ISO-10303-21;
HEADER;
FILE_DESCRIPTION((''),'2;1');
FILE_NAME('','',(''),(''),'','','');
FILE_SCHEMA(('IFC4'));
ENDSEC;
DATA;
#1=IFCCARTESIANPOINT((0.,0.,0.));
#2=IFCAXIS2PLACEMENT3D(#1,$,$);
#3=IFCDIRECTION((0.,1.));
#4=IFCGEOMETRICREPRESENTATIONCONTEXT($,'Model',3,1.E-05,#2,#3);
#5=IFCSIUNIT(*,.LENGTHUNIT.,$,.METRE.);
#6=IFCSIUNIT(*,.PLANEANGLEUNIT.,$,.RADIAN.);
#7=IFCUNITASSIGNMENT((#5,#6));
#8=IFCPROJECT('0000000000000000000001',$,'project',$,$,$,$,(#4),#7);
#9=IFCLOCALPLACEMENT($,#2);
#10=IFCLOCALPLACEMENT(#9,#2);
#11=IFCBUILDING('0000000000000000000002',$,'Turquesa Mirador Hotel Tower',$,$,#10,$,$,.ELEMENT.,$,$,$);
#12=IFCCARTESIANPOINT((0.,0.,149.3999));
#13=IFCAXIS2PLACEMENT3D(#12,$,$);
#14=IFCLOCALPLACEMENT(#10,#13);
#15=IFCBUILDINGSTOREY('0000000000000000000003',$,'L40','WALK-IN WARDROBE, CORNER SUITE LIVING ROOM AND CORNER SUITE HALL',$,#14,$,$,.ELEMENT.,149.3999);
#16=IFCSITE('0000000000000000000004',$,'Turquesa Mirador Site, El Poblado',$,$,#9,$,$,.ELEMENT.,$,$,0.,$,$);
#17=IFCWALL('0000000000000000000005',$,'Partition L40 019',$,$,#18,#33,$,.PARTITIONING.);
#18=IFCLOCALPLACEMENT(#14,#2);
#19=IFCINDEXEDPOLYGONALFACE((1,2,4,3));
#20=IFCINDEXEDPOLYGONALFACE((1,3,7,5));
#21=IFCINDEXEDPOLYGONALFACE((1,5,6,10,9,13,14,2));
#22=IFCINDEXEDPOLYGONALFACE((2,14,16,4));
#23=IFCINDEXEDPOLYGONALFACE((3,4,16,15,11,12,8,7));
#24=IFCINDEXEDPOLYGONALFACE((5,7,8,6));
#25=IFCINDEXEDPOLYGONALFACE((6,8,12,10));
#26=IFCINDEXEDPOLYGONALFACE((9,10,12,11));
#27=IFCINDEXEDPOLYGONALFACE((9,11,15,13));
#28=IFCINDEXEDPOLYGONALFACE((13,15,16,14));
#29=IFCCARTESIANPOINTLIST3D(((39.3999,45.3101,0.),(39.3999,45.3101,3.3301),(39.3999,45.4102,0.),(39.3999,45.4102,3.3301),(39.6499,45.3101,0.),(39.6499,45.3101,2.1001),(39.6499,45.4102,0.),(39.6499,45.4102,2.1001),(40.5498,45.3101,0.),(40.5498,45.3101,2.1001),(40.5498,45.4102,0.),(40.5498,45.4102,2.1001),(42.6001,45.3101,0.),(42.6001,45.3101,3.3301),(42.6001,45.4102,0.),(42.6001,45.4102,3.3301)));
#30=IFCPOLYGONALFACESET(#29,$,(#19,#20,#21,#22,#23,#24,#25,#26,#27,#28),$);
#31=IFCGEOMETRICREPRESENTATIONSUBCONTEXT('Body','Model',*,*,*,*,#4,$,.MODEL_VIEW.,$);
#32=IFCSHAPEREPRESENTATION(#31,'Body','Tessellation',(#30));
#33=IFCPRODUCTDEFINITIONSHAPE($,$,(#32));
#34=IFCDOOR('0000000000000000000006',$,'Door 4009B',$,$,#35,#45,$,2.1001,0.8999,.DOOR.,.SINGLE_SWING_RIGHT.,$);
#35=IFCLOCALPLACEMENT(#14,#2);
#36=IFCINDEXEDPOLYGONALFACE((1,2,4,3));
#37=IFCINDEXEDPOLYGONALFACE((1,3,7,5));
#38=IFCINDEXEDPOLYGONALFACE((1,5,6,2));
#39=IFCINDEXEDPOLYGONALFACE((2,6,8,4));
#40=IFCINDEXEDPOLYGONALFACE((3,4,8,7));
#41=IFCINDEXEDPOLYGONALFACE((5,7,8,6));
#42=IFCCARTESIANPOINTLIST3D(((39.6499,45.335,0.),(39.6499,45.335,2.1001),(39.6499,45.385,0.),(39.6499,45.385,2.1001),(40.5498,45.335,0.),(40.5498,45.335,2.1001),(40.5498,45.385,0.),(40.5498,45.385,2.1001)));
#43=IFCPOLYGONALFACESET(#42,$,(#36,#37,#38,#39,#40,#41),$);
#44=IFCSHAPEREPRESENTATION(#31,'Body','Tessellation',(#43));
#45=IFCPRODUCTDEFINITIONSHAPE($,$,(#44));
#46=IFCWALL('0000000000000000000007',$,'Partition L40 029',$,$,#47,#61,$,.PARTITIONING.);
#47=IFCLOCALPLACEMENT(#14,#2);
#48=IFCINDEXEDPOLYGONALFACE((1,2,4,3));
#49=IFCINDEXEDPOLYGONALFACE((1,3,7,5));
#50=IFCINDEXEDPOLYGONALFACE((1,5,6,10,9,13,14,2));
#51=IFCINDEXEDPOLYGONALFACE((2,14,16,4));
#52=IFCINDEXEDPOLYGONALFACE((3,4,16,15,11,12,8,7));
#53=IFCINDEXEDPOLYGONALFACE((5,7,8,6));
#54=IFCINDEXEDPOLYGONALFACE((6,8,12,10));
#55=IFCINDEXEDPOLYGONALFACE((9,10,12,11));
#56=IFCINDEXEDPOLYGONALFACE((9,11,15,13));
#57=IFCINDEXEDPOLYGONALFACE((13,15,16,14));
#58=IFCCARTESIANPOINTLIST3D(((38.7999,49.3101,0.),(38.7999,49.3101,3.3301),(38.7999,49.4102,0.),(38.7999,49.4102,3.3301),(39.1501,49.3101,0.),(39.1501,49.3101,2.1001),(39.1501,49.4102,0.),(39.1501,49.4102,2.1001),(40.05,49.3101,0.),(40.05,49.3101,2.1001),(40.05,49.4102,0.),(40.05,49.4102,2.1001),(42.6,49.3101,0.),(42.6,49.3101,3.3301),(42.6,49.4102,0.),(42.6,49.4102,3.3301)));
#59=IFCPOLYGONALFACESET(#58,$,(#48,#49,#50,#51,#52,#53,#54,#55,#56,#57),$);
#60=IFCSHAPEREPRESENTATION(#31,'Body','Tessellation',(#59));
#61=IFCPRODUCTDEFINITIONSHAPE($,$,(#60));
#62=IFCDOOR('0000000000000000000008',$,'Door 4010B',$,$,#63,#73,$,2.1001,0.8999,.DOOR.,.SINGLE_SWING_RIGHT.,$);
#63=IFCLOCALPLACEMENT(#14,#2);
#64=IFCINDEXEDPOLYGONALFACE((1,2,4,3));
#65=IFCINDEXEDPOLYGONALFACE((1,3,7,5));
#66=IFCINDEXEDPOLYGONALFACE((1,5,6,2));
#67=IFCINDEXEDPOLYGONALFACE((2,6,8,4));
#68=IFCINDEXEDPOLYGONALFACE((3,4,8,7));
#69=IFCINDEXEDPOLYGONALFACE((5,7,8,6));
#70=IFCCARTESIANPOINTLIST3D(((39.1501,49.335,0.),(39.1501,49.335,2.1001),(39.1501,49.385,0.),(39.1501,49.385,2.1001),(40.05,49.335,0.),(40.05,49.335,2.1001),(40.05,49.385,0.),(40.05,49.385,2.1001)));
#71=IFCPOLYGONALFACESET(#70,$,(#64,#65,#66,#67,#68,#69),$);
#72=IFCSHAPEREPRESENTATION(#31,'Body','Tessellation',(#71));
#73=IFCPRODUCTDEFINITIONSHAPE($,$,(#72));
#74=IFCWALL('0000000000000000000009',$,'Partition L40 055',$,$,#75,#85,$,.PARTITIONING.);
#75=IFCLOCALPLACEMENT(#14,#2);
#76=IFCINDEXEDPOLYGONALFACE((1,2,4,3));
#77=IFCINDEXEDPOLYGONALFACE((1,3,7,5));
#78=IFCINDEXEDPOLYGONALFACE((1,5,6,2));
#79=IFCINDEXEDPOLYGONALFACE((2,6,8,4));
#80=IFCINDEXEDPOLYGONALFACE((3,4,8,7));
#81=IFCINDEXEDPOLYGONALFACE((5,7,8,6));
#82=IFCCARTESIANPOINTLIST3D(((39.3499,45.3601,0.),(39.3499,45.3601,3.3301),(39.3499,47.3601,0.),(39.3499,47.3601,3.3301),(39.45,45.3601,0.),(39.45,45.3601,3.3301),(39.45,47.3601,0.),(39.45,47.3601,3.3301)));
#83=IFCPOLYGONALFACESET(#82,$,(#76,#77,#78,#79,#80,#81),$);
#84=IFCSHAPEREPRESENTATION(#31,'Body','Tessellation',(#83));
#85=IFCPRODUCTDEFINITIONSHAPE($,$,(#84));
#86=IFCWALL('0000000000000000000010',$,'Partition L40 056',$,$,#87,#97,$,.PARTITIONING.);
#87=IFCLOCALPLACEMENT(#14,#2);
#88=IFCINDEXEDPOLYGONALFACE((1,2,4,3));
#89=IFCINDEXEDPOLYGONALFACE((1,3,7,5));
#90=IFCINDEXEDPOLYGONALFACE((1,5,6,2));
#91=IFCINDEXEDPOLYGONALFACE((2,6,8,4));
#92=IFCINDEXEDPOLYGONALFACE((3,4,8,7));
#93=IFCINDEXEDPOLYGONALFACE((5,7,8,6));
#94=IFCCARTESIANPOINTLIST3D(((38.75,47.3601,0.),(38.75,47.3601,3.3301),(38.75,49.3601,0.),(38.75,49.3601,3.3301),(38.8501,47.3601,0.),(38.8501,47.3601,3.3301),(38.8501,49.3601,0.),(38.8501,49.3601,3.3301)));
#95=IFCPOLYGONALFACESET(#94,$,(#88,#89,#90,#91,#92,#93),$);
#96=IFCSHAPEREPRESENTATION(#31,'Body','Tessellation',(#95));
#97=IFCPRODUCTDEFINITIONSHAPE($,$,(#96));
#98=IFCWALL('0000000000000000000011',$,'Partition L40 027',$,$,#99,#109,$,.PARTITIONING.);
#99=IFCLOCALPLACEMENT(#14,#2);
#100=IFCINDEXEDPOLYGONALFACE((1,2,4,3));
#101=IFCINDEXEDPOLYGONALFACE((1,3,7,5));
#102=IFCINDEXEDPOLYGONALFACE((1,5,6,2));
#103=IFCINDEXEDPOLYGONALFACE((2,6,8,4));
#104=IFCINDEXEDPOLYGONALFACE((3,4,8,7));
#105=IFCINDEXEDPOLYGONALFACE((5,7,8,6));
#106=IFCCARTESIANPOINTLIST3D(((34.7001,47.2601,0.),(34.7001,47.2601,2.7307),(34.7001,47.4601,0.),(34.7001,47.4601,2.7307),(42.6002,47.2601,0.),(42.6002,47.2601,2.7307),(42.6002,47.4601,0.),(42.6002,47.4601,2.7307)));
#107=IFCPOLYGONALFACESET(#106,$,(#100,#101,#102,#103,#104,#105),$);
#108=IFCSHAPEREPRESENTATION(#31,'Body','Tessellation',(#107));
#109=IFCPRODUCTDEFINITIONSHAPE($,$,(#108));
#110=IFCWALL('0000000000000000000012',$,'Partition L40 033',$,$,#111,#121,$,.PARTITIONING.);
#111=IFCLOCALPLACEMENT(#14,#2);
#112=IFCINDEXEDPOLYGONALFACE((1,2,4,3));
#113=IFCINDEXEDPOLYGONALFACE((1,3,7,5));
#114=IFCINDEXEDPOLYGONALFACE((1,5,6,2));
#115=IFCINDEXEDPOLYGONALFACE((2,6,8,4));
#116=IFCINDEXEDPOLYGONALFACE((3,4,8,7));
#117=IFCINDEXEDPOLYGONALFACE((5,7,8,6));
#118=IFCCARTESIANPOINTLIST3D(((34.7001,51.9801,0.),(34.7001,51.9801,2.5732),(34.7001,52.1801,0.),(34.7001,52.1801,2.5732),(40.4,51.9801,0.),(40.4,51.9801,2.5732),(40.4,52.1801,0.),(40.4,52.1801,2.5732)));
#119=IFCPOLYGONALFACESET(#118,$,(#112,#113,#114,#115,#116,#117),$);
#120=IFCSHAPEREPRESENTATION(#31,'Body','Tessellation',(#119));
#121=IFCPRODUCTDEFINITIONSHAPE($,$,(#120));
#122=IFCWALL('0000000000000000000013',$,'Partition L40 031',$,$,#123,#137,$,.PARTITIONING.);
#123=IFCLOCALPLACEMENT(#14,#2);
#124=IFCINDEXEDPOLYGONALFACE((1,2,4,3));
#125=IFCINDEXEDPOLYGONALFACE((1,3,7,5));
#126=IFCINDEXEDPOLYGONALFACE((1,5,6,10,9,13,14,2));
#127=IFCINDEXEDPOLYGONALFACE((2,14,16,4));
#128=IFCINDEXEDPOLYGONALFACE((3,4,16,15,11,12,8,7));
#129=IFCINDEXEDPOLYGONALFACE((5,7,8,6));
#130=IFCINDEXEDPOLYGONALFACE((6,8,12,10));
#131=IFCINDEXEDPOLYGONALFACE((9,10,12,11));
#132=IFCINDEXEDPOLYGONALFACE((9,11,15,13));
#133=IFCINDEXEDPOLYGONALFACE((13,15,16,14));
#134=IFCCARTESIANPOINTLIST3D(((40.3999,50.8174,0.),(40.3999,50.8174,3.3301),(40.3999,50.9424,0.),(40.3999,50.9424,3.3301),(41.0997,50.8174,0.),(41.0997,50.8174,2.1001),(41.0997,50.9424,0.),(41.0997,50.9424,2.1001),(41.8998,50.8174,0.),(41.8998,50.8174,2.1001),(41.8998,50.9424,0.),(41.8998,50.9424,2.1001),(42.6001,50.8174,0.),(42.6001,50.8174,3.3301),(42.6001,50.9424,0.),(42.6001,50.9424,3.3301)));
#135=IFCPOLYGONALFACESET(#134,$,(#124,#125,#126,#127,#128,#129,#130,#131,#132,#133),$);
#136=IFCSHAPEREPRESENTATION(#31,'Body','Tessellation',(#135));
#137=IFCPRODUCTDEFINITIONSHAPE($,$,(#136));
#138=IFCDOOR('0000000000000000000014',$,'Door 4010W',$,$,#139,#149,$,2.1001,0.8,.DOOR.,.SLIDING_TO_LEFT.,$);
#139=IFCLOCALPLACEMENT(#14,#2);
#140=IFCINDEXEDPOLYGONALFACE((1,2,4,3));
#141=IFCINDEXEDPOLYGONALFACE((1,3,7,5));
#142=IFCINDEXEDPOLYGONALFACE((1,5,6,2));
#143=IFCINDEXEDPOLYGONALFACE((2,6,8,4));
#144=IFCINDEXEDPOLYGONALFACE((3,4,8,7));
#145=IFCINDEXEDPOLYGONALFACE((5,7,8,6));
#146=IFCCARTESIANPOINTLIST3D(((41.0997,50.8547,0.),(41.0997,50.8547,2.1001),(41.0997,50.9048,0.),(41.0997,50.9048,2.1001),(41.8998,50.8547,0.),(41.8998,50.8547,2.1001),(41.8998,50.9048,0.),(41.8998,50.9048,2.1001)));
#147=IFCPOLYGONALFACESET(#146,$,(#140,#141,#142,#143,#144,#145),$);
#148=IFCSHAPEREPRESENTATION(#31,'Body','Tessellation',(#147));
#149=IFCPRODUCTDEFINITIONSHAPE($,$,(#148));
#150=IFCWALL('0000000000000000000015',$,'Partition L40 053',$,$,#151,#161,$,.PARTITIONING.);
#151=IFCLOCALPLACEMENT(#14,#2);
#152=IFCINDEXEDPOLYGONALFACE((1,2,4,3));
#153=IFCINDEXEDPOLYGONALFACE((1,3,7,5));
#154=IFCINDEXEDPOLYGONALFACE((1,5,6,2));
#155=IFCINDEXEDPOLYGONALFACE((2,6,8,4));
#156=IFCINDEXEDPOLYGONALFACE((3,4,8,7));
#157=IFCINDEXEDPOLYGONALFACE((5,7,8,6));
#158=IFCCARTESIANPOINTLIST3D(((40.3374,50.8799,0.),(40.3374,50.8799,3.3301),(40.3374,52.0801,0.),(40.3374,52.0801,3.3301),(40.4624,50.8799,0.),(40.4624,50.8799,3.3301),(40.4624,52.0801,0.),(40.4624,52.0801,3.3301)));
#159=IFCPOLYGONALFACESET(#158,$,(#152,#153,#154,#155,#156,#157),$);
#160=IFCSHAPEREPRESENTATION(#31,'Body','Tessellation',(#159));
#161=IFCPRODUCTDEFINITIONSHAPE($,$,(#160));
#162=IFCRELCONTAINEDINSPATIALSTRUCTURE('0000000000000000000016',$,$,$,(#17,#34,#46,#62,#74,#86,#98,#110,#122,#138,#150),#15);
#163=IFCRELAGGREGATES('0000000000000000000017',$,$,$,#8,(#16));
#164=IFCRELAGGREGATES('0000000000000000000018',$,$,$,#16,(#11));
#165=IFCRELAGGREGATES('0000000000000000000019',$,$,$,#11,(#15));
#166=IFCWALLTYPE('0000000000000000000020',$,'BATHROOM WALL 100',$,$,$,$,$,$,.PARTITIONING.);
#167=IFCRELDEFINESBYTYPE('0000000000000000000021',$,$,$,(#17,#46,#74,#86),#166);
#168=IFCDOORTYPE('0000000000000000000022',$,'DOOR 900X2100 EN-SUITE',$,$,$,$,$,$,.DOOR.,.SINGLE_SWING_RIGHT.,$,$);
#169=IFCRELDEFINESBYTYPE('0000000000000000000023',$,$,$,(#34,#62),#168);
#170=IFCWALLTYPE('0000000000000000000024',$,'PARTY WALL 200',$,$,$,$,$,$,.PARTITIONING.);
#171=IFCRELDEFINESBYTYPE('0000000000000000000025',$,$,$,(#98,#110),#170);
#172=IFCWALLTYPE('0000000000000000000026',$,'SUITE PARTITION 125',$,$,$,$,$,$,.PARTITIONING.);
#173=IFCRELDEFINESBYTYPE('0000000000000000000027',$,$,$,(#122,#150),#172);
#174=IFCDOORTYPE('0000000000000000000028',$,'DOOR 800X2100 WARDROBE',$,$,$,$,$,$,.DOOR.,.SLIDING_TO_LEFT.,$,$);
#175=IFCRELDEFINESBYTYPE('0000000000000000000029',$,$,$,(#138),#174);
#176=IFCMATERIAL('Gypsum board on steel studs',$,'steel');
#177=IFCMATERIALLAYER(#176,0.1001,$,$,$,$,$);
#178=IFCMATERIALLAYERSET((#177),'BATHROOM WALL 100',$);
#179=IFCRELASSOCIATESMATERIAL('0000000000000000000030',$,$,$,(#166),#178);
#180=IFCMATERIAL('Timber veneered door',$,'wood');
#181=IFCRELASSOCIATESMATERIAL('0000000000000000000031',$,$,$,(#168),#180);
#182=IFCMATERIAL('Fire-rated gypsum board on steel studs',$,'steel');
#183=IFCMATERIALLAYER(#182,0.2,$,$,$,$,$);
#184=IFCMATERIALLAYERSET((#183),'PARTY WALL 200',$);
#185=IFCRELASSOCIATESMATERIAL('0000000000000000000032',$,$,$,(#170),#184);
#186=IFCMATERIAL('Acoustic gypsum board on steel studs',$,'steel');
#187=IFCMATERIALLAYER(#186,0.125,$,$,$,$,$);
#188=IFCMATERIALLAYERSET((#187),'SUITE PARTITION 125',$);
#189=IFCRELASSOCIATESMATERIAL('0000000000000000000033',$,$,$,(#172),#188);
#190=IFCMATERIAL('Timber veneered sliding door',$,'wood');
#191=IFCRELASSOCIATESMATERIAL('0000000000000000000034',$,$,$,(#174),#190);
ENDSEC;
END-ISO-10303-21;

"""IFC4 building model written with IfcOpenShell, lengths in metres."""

from ifc_helpers import new_model, si_unit, direction, frame, frame_2d, origin, place, context, subcontext, project, spatial, rectangle, extrude, material, layer, layer_set, type_object, element, fill, save


model = new_model("IFC4")

# Units and contexts
model_context = context("Model", 3, precision=1e-05, world=origin(), true_north=direction((0.0, 1.0)))
body_context = subcontext(model_context, "Body", "Model", "MODEL_VIEW")
ifc_project = project(units=[si_unit("LENGTHUNIT", "METRE"), si_unit("PLANEANGLEUNIT", "RADIAN")], contexts=[model_context])

# Site, building, storey
site_placement = place(None, origin())
site = spatial("IfcSite", under=ifc_project, at=site_placement, Name="Turquesa Mirador Site, El Poblado", CompositionType="ELEMENT", RefElevation=0.0)
building_placement = place(site_placement, origin())
building = spatial("IfcBuilding", under=site, at=building_placement, Name="Turquesa Mirador Hotel Tower", CompositionType="ELEMENT")
storey_placement = place(building_placement, frame((0.0, 0.0, 149.3999)))
storey = spatial("IfcBuildingStorey", under=building, at=storey_placement, Name="L40", Description="WALK-IN WARDROBE, CORNER SUITE LIVING ROOM AND CORNER SUITE HALL", CompositionType="ELEMENT", Elevation=149.3999)

# Walls, openings, doors
ifc_material_1 = material(Name="Gypsum board on steel studs", Category="steel")
ifc_layer_1 = layer(ifc_material_1, 0.1001)
ifc_layer_set_1 = layer_set([ifc_layer_1], Name="BATHROOM WALL 100")
wall_type_1 = type_object("IfcWallType", Name="BATHROOM WALL 100", PredefinedType="PARTITIONING", material=ifc_layer_set_1)
wall_1_placement = place(storey_placement, frame((39.3999, 45.3601, 0.0), z_axis=(0.0, 0.0, 1.0), x_axis=(1.0, 0.0, 0.0)))
wall_1 = element("IfcWall", 1, at=wall_1_placement, inside=storey, type_object=wall_type_1, Name="Partition L40 019", PredefinedType="PARTITIONING", context=body_context, shape_type="SweptSolid", body=[
    extrude(rectangle(XDim=3.2002, YDim=0.1001, at=frame_2d((1.6001, 0.0))), origin(), (0.0, 0.0, 1.0), 3.3301),
])
opening_1_placement = place(wall_1_placement, frame((0.25, 0.0, 0.0)))
opening_1 = element("IfcOpeningElement", 2, at=opening_1_placement, cuts=wall_1, PredefinedType="OPENING", context=body_context, shape_type="SweptSolid", body=[
    extrude(rectangle(XDim=0.8999, YDim=2.1001, at=frame_2d((0.45, 1.05))), frame((0.0, 0.0601, 0.0), z_axis=(0.0, -1.0, 0.0), x_axis=(1.0, 0.0, 0.0)), (0.0, 0.0, 1.0), 0.1201),
])
ifc_material_2 = material(Name="Timber veneered door", Category="wood")
door_type_1 = type_object("IfcDoorType", Name="DOOR 900X2100 EN-SUITE", OperationType="SINGLE_SWING_RIGHT", PredefinedType="DOOR", material=ifc_material_2)
door_1_placement = place(opening_1_placement, origin())
door_1 = element("IfcDoor", 3, at=door_1_placement, inside=storey, type_object=door_type_1, Name="Door 4009B", OperationType="SINGLE_SWING_RIGHT", OverallHeight=2.1001, OverallWidth=0.8999, PredefinedType="DOOR", context=body_context, shape_type="SweptSolid", body=[
    extrude(rectangle(XDim=0.8999, YDim=2.1001, at=frame_2d((0.45, 1.05))), frame((0.0, 0.0249, 0.0), z_axis=(0.0, -1.0, 0.0), x_axis=(1.0, 0.0, 0.0)), (0.0, 0.0, 1.0), 0.05),
])
fill(opening_1, door_1)
wall_2_placement = place(storey_placement, frame((38.8, 49.3601, 0.0), z_axis=(0.0, 0.0, 1.0), x_axis=(1.0, 0.0, 0.0)))
wall_2 = element("IfcWall", 4, at=wall_2_placement, inside=storey, type_object=wall_type_1, Name="Partition L40 029", PredefinedType="PARTITIONING", context=body_context, shape_type="SweptSolid", body=[
    extrude(rectangle(XDim=3.8, YDim=0.1001, at=frame_2d((1.8999, 0.0))), origin(), (0.0, 0.0, 1.0), 3.3301),
])
opening_2_placement = place(wall_2_placement, frame((0.3501, 0.0, 0.0)))
opening_2 = element("IfcOpeningElement", 5, at=opening_2_placement, cuts=wall_2, PredefinedType="OPENING", context=body_context, shape_type="SweptSolid", body=[
    extrude(rectangle(XDim=0.8999, YDim=2.1001, at=frame_2d((0.45, 1.05))), frame((0.0, 0.0601, 0.0), z_axis=(0.0, -1.0, 0.0), x_axis=(1.0, 0.0, 0.0)), (0.0, 0.0, 1.0), 0.1201),
])
door_2_placement = place(opening_2_placement, origin())
door_2 = element("IfcDoor", 6, at=door_2_placement, inside=storey, type_object=door_type_1, Name="Door 4010B", OperationType="SINGLE_SWING_RIGHT", OverallHeight=2.1001, OverallWidth=0.8999, PredefinedType="DOOR", context=body_context, shape_type="SweptSolid", body=[
    extrude(rectangle(XDim=0.8999, YDim=2.1001, at=frame_2d((0.45, 1.05))), frame((0.0, 0.0249, 0.0), z_axis=(0.0, -1.0, 0.0), x_axis=(1.0, 0.0, 0.0)), (0.0, 0.0, 1.0), 0.05),
])
fill(opening_2, door_2)

# Walls
for number, where, z_axis, x_axis, name in (
    (7, (39.3999, 45.3601, 0.0), (0.0, 0.0, 1.0), (0.0, 1.0, 0.0), "Partition L40 055"),
    (8, (38.8, 47.3601, 0.0), (0.0, 0.0, 1.0), (0.0, 1.0, 0.0), "Partition L40 056"),
):
    element("IfcWall", number, at=place(storey_placement, frame(where, z_axis=z_axis, x_axis=x_axis)), inside=storey, type_object=wall_type_1, Name=name, PredefinedType="PARTITIONING", context=body_context, shape_type="SweptSolid", body=[
        extrude(rectangle(XDim=2.0, YDim=0.1001, at=frame_2d((1.0, 0.0))), origin(), (0.0, 0.0, 1.0), 3.3301),
    ])
ifc_material_3 = material(Name="Fire-rated gypsum board on steel studs", Category="steel")
ifc_layer_2 = layer(ifc_material_3, 0.2)
ifc_layer_set_2 = layer_set([ifc_layer_2], Name="PARTY WALL 200")
wall_type_2 = type_object("IfcWallType", Name="PARTY WALL 200", PredefinedType="PARTITIONING", material=ifc_layer_set_2)
wall_3_placement = place(storey_placement, frame((34.7, 47.3601, 0.0), z_axis=(0.0, 0.0, 1.0), x_axis=(1.0, 0.0, 0.0)))
element("IfcWall", 9, at=wall_3_placement, inside=storey, type_object=wall_type_2, Name="Partition L40 027", PredefinedType="PARTITIONING", context=body_context, shape_type="SweptSolid", body=[
    extrude(rectangle(XDim=7.9001, YDim=0.2, at=frame_2d((3.9502, 0.0))), origin(), (0.0, 0.0, 1.0), 2.7307),
])
wall_4_placement = place(storey_placement, frame((34.7, 52.0801, 0.0), z_axis=(0.0, 0.0, 1.0), x_axis=(1.0, 0.0, 0.0)))
element("IfcWall", 10, at=wall_4_placement, inside=storey, type_object=wall_type_2, Name="Partition L40 033", PredefinedType="PARTITIONING", context=body_context, shape_type="SweptSolid", body=[
    extrude(rectangle(XDim=5.7, YDim=0.2, at=frame_2d((2.8501, 0.0))), origin(), (0.0, 0.0, 1.0), 2.5732),
])

# Wall, opening, door
ifc_material_4 = material(Name="Acoustic gypsum board on steel studs", Category="steel")
ifc_layer_3 = layer(ifc_material_4, 0.125)
ifc_layer_set_3 = layer_set([ifc_layer_3], Name="SUITE PARTITION 125")
wall_type_3 = type_object("IfcWallType", Name="SUITE PARTITION 125", PredefinedType="PARTITIONING", material=ifc_layer_set_3)
wall_5_placement = place(storey_placement, frame((40.3999, 50.8799, 0.0), z_axis=(0.0, 0.0, 1.0), x_axis=(1.0, 0.0, 0.0)))
wall_5 = element("IfcWall", 11, at=wall_5_placement, inside=storey, type_object=wall_type_3, Name="Partition L40 031", PredefinedType="PARTITIONING", context=body_context, shape_type="SweptSolid", body=[
    extrude(rectangle(XDim=2.2002, YDim=0.125, at=frame_2d((1.1001, 0.0))), origin(), (0.0, 0.0, 1.0), 3.3301),
])
opening_3_placement = place(wall_5_placement, frame((0.7, 0.0, 0.0)))
opening_3 = element("IfcOpeningElement", 12, at=opening_3_placement, cuts=wall_5, PredefinedType="OPENING", context=body_context, shape_type="SweptSolid", body=[
    extrude(rectangle(XDim=0.8, YDim=2.1001, at=frame_2d((0.3999, 1.05))), frame((0.0, 0.0725, 0.0), z_axis=(0.0, -1.0, 0.0), x_axis=(1.0, 0.0, 0.0)), (0.0, 0.0, 1.0), 0.145),
])
ifc_material_5 = material(Name="Timber veneered sliding door", Category="wood")
door_type_2 = type_object("IfcDoorType", Name="DOOR 800X2100 WARDROBE", OperationType="SLIDING_TO_LEFT", PredefinedType="DOOR", material=ifc_material_5)
door_3_placement = place(opening_3_placement, origin())
door_3 = element("IfcDoor", 13, at=door_3_placement, inside=storey, type_object=door_type_2, Name="Door 4010W", OperationType="SLIDING_TO_LEFT", OverallHeight=2.1001, OverallWidth=0.8, PredefinedType="DOOR", context=body_context, shape_type="SweptSolid", body=[
    extrude(rectangle(XDim=0.8, YDim=2.1001, at=frame_2d((0.3999, 1.05))), frame((0.0, 0.0249, 0.0), z_axis=(0.0, -1.0, 0.0), x_axis=(1.0, 0.0, 0.0)), (0.0, 0.0, 1.0), 0.05),
])
fill(opening_3, door_3)

# Wall
wall_6_placement = place(storey_placement, frame((40.3999, 50.8799, 0.0), z_axis=(0.0, 0.0, 1.0), x_axis=(0.0, 1.0, 0.0)))
element("IfcWall", 14, at=wall_6_placement, inside=storey, type_object=wall_type_3, Name="Partition L40 053", PredefinedType="PARTITIONING", context=body_context, shape_type="SweptSolid", body=[
    extrude(rectangle(XDim=1.2002, YDim=0.125, at=frame_2d((0.6001, 0.0))), origin(), (0.0, 0.0, 1.0), 3.3301),
])

save(model, "model.ifc")
